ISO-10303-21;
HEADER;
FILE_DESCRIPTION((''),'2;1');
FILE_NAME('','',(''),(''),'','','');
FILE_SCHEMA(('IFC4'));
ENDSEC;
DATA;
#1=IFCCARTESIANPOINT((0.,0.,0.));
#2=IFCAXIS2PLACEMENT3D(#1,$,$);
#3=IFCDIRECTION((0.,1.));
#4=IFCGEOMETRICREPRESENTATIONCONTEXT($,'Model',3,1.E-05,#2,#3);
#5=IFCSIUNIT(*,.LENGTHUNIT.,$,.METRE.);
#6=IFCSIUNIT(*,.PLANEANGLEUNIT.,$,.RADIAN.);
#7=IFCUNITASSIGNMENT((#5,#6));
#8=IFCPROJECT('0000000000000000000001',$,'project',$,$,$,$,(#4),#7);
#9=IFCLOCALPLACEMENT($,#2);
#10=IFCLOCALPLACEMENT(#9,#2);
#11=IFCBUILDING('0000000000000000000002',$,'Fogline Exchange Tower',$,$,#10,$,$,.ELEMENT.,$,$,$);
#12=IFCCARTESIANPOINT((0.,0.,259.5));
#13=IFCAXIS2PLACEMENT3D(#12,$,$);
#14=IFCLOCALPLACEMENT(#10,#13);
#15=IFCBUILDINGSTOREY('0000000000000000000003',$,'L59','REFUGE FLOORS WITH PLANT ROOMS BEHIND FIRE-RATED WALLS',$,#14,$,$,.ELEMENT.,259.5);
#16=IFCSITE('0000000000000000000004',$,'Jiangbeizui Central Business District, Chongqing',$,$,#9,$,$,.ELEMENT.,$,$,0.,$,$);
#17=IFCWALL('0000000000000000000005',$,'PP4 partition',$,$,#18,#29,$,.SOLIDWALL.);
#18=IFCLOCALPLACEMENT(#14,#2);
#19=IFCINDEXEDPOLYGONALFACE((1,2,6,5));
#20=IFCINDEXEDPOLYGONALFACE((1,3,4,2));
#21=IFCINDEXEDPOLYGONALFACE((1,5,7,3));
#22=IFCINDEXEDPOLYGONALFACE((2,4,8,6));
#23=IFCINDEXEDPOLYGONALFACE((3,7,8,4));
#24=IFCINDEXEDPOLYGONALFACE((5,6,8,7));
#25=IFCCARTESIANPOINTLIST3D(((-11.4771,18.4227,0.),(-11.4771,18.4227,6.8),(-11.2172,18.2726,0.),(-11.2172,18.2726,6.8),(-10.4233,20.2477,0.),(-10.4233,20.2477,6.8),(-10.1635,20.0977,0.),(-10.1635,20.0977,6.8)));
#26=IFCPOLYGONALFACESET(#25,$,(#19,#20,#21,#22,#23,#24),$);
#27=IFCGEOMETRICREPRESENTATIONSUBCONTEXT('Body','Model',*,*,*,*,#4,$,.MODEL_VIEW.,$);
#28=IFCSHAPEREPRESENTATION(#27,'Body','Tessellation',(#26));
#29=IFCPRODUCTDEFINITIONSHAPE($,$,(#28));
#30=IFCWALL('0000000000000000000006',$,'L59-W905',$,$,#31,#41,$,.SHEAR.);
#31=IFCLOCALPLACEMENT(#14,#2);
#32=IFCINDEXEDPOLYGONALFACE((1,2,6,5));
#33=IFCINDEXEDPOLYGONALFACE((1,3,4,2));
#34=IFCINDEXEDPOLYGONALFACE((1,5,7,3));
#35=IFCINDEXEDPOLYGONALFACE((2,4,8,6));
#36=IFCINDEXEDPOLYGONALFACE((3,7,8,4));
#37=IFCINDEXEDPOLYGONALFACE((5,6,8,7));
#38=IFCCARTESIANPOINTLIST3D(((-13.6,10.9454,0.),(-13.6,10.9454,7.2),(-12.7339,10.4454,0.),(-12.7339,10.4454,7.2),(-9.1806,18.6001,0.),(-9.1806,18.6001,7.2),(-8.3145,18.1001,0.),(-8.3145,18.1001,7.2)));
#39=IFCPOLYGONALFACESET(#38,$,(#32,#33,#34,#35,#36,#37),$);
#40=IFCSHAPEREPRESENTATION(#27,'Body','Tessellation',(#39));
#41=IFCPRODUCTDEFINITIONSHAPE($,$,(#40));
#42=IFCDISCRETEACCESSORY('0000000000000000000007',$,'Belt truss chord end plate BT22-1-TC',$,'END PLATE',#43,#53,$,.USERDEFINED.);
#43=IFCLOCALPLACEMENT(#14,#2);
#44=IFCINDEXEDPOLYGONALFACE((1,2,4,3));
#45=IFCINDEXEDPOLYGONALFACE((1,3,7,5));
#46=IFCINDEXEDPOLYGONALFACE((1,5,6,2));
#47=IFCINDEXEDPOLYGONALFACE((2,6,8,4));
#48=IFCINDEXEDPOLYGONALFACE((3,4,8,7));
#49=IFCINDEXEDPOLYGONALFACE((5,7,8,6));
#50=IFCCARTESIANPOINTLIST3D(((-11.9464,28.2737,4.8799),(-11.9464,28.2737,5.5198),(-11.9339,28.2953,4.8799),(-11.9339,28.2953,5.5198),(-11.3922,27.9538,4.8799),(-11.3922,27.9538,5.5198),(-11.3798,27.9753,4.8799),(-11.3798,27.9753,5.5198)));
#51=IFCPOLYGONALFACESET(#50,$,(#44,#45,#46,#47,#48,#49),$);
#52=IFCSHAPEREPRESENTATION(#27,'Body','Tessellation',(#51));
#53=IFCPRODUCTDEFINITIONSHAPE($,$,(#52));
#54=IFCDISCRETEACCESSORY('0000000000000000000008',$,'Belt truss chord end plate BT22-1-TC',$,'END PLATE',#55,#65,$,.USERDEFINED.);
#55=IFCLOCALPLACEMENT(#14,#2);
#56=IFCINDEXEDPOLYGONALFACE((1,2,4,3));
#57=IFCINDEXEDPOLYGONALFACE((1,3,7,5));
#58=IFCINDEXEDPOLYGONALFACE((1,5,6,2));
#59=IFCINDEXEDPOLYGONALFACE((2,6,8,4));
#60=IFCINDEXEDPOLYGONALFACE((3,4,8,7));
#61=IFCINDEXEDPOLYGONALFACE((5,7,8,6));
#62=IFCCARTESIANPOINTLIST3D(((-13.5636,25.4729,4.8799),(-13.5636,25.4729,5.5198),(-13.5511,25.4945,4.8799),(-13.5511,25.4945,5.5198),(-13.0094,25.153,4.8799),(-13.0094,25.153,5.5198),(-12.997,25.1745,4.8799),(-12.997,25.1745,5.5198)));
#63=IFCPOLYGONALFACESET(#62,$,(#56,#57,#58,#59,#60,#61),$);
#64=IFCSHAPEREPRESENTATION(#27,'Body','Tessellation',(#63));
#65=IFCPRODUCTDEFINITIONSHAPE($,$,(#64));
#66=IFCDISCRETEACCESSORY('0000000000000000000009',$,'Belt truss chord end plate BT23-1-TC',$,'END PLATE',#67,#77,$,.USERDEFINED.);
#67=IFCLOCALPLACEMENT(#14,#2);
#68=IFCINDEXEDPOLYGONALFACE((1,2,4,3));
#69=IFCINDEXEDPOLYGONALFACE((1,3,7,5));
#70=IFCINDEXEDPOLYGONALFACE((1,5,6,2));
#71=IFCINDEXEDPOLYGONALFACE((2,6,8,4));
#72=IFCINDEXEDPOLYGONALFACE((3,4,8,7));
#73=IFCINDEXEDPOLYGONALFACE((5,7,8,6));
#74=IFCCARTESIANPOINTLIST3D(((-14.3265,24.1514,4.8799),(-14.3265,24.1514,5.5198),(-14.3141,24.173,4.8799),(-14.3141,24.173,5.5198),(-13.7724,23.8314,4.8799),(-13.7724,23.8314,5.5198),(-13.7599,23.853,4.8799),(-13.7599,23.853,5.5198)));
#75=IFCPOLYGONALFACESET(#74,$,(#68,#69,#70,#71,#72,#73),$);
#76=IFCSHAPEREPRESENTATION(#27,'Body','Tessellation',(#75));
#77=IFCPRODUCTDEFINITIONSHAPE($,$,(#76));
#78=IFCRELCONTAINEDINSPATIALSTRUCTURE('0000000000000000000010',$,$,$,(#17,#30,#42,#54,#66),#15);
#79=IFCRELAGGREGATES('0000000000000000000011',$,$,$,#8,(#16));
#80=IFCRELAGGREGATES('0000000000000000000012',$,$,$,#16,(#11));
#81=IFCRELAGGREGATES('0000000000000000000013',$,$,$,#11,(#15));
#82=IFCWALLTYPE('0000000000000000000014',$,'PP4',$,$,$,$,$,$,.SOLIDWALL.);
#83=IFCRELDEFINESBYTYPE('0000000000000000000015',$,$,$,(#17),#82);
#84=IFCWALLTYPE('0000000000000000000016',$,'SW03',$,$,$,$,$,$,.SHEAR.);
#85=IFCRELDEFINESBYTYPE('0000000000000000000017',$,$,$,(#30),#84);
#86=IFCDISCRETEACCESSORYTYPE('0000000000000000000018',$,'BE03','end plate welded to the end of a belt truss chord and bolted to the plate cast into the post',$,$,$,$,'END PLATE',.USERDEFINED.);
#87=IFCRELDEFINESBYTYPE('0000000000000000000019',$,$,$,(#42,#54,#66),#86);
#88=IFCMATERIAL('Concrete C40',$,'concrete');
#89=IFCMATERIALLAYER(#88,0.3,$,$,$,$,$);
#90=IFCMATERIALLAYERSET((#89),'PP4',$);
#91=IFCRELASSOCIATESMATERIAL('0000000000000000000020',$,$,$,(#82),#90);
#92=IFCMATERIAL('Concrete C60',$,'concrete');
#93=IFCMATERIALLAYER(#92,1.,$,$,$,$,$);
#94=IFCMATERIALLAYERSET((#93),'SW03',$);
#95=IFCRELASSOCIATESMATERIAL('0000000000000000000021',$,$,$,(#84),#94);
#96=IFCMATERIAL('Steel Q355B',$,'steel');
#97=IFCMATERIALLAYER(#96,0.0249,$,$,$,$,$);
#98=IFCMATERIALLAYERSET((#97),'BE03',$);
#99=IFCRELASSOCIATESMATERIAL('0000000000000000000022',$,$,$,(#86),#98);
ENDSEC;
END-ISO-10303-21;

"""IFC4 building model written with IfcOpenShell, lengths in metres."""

from ifc_helpers import new_model, si_unit, direction, frame, frame_2d, origin, origin_2d, place, context, subcontext, project, spatial, rectangle, extrude, material, layer, layer_set, type_object, element, save


model = new_model("IFC4")

# Units and contexts
model_context = context("Model", 3, precision=1e-05, world=origin(), true_north=direction((0.0, 1.0)))
body_context = subcontext(model_context, "Body", "Model", "MODEL_VIEW")
ifc_project = project(units=[si_unit("LENGTHUNIT", "METRE"), si_unit("PLANEANGLEUNIT", "RADIAN")], contexts=[model_context])

# Site, building, storey
site_placement = place(None, origin())
site = spatial("IfcSite", under=ifc_project, at=site_placement, Name="Jiangbeizui Central Business District, Chongqing", CompositionType="ELEMENT", RefElevation=0.0)
building_placement = place(site_placement, origin())
building = spatial("IfcBuilding", under=site, at=building_placement, Name="Fogline Exchange Tower", CompositionType="ELEMENT")
storey_placement = place(building_placement, frame((0.0, 0.0, 259.5)))
storey = spatial("IfcBuildingStorey", under=building, at=storey_placement, Name="L59", Description="REFUGE FLOORS WITH PLANT ROOMS BEHIND FIRE-RATED WALLS", CompositionType="ELEMENT", Elevation=259.5)

# Shared definitions
ifc_material_1 = material(Name="Concrete C60", Category="concrete")

# Shared definitions
ifc_material_2 = material(Name="Concrete C40", Category="concrete")

# Shared definitions
ifc_material_3 = material(Name="Steel Q355B", Category="steel")

# Shared definitions
ifc_layer_1 = layer(ifc_material_2, 0.3)
ifc_layer_set_1 = layer_set([ifc_layer_1], Name="PP4")
wall_type_1 = type_object("IfcWallType", Name="PP4", PredefinedType="SOLIDWALL", material=ifc_layer_set_1)

# Walls
wall_1_placement = place(storey_placement, frame((-11.3472, 18.3477, 0.0), z_axis=(0.0, 0.0, 1.0), x_axis=(0.500027, 0.86601, 0.0)))
element("IfcWall", 1, at=wall_1_placement, inside=storey, type_object=wall_type_1, Name="PP4 partition", PredefinedType="SOLIDWALL", context=body_context, shape_type="SweptSolid", body=[
    extrude(rectangle(XDim=2.1074, YDim=0.3, at=frame_2d((1.0537, 0.0))), origin(), (0.0, 0.0, 1.0), 6.8),
])
ifc_layer_2 = layer(ifc_material_1, 1.0)
ifc_layer_set_2 = layer_set([ifc_layer_2], Name="SW03")
wall_type_2 = type_object("IfcWallType", Name="SW03", PredefinedType="SHEAR", material=ifc_layer_set_2)
wall_2_placement = place(storey_placement, frame((-8.7476, 18.3501, 0.0), z_axis=(0.0, 0.0, 1.0), x_axis=(-0.499995, -0.866028, 0.0)))
element("IfcWall", 2, at=wall_2_placement, inside=storey, type_object=wall_type_2, Name="L59-W905", PredefinedType="SHEAR", context=body_context, shape_type="SweptSolid", body=[
    extrude(rectangle(XDim=8.8389, YDim=1.0, at=frame_2d((4.4194, 0.0))), origin(), (0.0, 0.0, 1.0), 7.2),
])

# Discrete accessories
ifc_layer_3 = layer(ifc_material_3, 0.0249)
ifc_layer_set_3 = layer_set([ifc_layer_3], Name="BE03")
discrete_accessory_type = type_object("IfcDiscreteAccessoryType", Name="BE03", Description="end plate welded to the end of a belt truss chord and bolted to the plate cast into the post", ElementType="END PLATE", PredefinedType="USERDEFINED", material=ifc_layer_set_3)
for number, where, z_axis, x_axis, name in (
    (3, (-11.6631, 28.1245, 4.8799), (0.0, 0.0, 1.0), (0.5, 0.866025, 0.0), "Belt truss chord end plate BT22-1-TC"),
    (4, (-13.2803, 25.3237, 4.8799), (0.0, 0.0, 1.0), (-0.5, -0.866025, 0.0), "Belt truss chord end plate BT22-1-TC"),
    (5, (-14.0432, 24.0022, 4.8799), (0.0, 0.0, 1.0), (0.5, 0.866025, 0.0), "Belt truss chord end plate BT23-1-TC"),
):
    element("IfcDiscreteAccessory", number, at=place(storey_placement, frame(where, z_axis=z_axis, x_axis=x_axis)), inside=storey, type_object=discrete_accessory_type, Name=name, ObjectType="END PLATE", PredefinedType="USERDEFINED", context=body_context, shape_type="SweptSolid", body=[
        extrude(rectangle(XDim=0.0249, YDim=0.6399, at=origin_2d()), origin(), (0.0, 0.0, 1.0), 0.6399),
    ])

save(model, "model.ifc")
